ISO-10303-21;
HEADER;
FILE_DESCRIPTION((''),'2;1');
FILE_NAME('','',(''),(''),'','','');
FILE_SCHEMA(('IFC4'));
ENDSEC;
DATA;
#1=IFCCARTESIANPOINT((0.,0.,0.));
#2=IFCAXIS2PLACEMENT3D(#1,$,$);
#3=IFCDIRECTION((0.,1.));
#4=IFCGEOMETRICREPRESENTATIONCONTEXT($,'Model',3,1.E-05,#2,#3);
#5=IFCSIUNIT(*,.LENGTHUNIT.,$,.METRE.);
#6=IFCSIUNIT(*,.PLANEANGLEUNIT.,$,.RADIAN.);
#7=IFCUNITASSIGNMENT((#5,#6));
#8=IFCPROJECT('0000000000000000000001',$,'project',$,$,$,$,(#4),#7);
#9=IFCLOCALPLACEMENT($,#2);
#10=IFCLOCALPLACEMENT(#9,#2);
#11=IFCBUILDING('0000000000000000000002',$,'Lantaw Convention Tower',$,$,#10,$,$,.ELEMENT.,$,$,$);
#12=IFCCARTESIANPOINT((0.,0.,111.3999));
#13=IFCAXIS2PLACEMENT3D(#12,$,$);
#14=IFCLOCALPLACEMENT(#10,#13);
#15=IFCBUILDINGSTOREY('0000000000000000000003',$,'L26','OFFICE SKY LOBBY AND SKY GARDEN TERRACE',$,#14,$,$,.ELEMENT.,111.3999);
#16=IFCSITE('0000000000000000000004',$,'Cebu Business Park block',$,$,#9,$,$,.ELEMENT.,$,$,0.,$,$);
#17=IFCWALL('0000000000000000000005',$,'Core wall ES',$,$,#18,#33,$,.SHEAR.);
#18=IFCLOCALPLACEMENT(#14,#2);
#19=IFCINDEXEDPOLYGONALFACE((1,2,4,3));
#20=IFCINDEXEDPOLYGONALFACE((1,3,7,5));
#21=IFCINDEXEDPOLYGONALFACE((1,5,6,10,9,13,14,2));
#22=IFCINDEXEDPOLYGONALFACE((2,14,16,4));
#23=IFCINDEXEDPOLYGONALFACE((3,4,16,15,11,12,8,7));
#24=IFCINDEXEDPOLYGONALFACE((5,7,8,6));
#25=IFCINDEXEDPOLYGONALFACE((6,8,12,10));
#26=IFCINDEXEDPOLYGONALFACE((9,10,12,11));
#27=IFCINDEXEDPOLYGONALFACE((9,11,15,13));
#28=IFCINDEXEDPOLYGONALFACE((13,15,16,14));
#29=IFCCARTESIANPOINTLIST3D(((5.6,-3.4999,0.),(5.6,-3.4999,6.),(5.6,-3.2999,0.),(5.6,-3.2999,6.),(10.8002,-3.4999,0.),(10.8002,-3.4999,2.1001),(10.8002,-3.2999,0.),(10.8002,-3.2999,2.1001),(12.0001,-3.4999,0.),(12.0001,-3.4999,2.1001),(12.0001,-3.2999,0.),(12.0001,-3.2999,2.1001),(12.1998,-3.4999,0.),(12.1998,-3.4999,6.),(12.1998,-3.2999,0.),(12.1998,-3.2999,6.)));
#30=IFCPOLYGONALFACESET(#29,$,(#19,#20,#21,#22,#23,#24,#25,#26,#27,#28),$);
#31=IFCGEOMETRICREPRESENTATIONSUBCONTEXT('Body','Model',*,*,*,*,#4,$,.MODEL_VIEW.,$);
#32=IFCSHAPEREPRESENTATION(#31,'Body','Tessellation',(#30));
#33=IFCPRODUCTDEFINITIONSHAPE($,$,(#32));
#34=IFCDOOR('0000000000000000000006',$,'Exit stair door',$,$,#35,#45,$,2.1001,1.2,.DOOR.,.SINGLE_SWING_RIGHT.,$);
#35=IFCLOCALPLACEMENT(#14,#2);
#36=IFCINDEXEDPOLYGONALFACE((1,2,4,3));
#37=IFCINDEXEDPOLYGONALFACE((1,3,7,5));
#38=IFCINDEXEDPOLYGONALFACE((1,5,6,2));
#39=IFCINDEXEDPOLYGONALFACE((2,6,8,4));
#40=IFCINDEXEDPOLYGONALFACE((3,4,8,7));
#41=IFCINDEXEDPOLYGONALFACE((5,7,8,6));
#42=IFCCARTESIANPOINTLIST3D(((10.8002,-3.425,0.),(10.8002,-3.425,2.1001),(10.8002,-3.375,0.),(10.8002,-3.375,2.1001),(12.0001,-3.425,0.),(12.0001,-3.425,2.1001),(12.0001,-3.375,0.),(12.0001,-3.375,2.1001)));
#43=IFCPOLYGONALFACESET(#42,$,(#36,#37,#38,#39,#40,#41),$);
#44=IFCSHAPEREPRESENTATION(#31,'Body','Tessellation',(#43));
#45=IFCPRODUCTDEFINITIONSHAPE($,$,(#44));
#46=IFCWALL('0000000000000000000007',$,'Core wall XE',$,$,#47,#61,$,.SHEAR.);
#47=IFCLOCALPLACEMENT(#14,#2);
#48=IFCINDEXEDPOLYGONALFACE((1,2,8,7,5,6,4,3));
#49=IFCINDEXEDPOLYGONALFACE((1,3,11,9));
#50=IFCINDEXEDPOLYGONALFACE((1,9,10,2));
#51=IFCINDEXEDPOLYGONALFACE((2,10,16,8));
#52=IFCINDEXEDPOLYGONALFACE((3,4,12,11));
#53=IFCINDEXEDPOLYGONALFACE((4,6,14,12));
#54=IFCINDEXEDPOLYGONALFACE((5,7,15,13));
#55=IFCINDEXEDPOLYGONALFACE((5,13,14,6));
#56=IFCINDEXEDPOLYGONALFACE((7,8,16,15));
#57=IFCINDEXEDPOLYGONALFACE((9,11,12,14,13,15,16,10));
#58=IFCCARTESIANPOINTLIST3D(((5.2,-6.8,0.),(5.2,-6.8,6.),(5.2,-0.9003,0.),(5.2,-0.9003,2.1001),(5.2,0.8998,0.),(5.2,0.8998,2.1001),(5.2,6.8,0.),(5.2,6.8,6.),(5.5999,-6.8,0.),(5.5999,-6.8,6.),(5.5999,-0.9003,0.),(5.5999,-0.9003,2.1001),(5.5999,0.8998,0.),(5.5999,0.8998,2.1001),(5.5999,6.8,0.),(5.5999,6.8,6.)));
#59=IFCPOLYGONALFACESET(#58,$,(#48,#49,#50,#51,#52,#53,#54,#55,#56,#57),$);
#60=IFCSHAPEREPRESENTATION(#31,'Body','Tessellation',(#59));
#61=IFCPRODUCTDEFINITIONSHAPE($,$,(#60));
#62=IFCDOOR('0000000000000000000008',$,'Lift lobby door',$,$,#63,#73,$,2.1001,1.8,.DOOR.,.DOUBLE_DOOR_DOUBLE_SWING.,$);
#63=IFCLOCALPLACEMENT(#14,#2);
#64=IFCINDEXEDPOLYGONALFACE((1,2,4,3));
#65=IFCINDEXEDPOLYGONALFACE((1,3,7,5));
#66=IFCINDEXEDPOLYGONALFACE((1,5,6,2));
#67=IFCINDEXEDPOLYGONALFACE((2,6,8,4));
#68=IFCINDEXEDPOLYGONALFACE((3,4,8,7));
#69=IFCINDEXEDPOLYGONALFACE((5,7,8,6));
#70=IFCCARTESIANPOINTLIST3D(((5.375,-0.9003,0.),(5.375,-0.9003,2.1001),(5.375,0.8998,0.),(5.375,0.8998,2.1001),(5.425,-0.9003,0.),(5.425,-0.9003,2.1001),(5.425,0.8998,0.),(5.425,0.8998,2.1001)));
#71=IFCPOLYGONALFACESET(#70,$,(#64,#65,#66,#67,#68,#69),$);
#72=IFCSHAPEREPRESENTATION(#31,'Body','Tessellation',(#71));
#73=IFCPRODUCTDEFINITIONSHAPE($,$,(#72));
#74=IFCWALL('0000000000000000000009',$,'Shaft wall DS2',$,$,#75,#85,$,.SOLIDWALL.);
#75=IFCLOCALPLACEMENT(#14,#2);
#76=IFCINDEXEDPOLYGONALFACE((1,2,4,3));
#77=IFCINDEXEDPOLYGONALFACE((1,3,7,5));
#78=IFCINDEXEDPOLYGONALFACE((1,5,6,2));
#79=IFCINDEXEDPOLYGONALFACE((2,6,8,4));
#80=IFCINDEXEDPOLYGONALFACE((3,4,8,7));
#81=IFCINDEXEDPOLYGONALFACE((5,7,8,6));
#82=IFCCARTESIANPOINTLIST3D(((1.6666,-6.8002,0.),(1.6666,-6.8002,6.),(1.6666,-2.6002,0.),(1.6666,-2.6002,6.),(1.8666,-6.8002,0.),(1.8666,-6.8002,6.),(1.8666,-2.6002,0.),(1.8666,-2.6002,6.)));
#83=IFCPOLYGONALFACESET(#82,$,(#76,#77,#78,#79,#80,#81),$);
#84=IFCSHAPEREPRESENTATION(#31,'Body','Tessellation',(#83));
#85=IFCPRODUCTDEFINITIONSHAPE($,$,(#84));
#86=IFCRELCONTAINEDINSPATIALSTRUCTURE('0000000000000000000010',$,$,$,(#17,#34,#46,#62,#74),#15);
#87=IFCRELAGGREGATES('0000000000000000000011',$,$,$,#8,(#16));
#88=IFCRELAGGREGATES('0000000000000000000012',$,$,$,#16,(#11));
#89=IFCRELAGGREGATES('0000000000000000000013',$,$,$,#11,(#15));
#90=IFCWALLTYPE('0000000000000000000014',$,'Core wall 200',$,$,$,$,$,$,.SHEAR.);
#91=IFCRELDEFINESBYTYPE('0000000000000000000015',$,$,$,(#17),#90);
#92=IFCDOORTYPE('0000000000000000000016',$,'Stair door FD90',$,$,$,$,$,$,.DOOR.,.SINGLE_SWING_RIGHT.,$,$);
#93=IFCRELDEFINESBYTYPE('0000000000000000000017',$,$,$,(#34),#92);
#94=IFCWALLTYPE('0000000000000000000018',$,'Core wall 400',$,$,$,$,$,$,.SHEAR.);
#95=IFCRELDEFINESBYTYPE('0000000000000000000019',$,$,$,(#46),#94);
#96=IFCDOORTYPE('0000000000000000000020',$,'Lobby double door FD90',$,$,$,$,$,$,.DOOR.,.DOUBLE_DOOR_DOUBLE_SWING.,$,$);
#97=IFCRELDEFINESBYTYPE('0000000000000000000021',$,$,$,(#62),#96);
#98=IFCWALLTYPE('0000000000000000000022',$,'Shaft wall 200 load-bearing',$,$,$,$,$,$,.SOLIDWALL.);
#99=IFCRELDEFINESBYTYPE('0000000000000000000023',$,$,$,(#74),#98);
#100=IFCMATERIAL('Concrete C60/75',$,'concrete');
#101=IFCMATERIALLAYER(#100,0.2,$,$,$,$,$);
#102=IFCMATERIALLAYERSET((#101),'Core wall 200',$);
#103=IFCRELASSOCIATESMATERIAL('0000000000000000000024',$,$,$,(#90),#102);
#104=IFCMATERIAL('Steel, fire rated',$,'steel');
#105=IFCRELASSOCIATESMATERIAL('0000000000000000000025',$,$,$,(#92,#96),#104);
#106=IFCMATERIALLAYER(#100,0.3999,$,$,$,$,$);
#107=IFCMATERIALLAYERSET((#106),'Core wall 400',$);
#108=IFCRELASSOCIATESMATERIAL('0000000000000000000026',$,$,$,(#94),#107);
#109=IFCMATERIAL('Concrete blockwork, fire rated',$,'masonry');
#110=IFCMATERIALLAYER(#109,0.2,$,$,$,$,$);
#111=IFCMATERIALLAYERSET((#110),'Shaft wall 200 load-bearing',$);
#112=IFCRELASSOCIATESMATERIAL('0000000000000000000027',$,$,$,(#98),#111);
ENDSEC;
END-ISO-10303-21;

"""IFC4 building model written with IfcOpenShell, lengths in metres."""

from ifc_helpers import new_model, si_unit, direction, frame, frame_2d, origin, place, context, subcontext, project, spatial, rectangle, extrude, material, layer, layer_set, type_object, element, fill, save


model = new_model("IFC4")

# Units and contexts
model_context = context("Model", 3, precision=1e-05, world=origin(), true_north=direction((0.0, 1.0)))
body_context = subcontext(model_context, "Body", "Model", "MODEL_VIEW")
ifc_project = project(units=[si_unit("LENGTHUNIT", "METRE"), si_unit("PLANEANGLEUNIT", "RADIAN")], contexts=[model_context])

# Site, building, storey
site_placement = place(None, origin())
site = spatial("IfcSite", under=ifc_project, at=site_placement, Name="Cebu Business Park block", CompositionType="ELEMENT", RefElevation=0.0)
building_placement = place(site_placement, origin())
building = spatial("IfcBuilding", under=site, at=building_placement, Name="Lantaw Convention Tower", CompositionType="ELEMENT")
storey_placement = place(building_placement, frame((0.0, 0.0, 111.3999)))
storey = spatial("IfcBuildingStorey", under=building, at=storey_placement, Name="L26", Description="OFFICE SKY LOBBY AND SKY GARDEN TERRACE", CompositionType="ELEMENT", Elevation=111.3999)

# Walls, openings, doors
ifc_material_1 = material(Name="Concrete C60/75", Category="concrete")
ifc_layer_1 = layer(ifc_material_1, 0.2)
ifc_layer_set_1 = layer_set([ifc_layer_1], Name="Core wall 200")
wall_type_1 = type_object("IfcWallType", Name="Core wall 200", PredefinedType="SHEAR", material=ifc_layer_set_1)
wall_1_placement = place(storey_placement, frame((5.6001, -3.3999, 0.0), z_axis=(0.0, 0.0, 1.0), x_axis=(1.0, 0.0, 0.0)))
wall_1 = element("IfcWall", 1, at=wall_1_placement, inside=storey, type_object=wall_type_1, Name="Core wall ES", PredefinedType="SHEAR", context=body_context, shape_type="SweptSolid", body=[
    extrude(rectangle(XDim=6.5999, YDim=0.2, at=frame_2d((3.2998, 0.0))), origin(), (0.0, 0.0, 1.0), 6.0),
])
opening_1_placement = place(wall_1_placement, frame((5.2, 0.0, 0.0)))
opening_1 = element("IfcOpeningElement", 2, at=opening_1_placement, cuts=wall_1, PredefinedType="OPENING", context=body_context, shape_type="SweptSolid", body=[
    extrude(rectangle(XDim=1.2, YDim=2.1001, at=frame_2d((0.6001, 1.05))), frame((0.0, 0.1099, 0.0), z_axis=(0.0, -1.0, 0.0), x_axis=(1.0, 0.0, 0.0)), (0.0, 0.0, 1.0), 0.22),
])
ifc_material_2 = material(Name="Steel, fire rated", Category="steel")
door_type_1 = type_object("IfcDoorType", Name="Stair door FD90", OperationType="SINGLE_SWING_RIGHT", PredefinedType="DOOR", material=ifc_material_2)
door_1_placement = place(opening_1_placement, origin())
door_1 = element("IfcDoor", 3, at=door_1_placement, inside=storey, type_object=door_type_1, Name="Exit stair door", OperationType="SINGLE_SWING_RIGHT", OverallHeight=2.1001, OverallWidth=1.2, PredefinedType="DOOR", context=body_context, shape_type="SweptSolid", body=[
    extrude(rectangle(XDim=1.2, YDim=2.1001, at=frame_2d((0.6001, 1.05))), frame((0.0, 0.0249, 0.0), z_axis=(0.0, -1.0, 0.0), x_axis=(1.0, 0.0, 0.0)), (0.0, 0.0, 1.0), 0.05),
])
fill(opening_1, door_1)
ifc_layer_2 = layer(ifc_material_1, 0.3999)
ifc_layer_set_2 = layer_set([ifc_layer_2], Name="Core wall 400")
wall_type_2 = type_object("IfcWallType", Name="Core wall 400", PredefinedType="SHEAR", material=ifc_layer_set_2)
wall_2_placement = place(storey_placement, frame((5.3999, -6.8, 0.0), z_axis=(0.0, 0.0, 1.0), x_axis=(0.0, 1.0, 0.0)))
wall_2 = element("IfcWall", 4, at=wall_2_placement, inside=storey, type_object=wall_type_2, Name="Core wall XE", PredefinedType="SHEAR", context=body_context, shape_type="SweptSolid", body=[
    extrude(rectangle(XDim=13.6001, YDim=0.3999, at=frame_2d((6.8, 0.0))), origin(), (0.0, 0.0, 1.0), 6.0),
])
opening_2_placement = place(wall_2_placement, frame((5.8999, 0.0, 0.0)))
opening_2 = element("IfcOpeningElement", 5, at=opening_2_placement, cuts=wall_2, PredefinedType="OPENING", context=body_context, shape_type="SweptSolid", body=[
    extrude(rectangle(XDim=1.8, YDim=2.1001, at=frame_2d((0.8999, 1.05))), frame((0.0, 0.21, 0.0), z_axis=(0.0, -1.0, 0.0), x_axis=(1.0, 0.0, 0.0)), (0.0, 0.0, 1.0), 0.4199),
])
door_type_2 = type_object("IfcDoorType", Name="Lobby double door FD90", OperationType="DOUBLE_DOOR_DOUBLE_SWING", PredefinedType="DOOR", material=ifc_material_2)
door_2_placement = place(opening_2_placement, origin())
door_2 = element("IfcDoor", 6, at=door_2_placement, inside=storey, type_object=door_type_2, Name="Lift lobby door", OperationType="DOUBLE_DOOR_DOUBLE_SWING", OverallHeight=2.1001, OverallWidth=1.8, PredefinedType="DOOR", context=body_context, shape_type="SweptSolid", body=[
    extrude(rectangle(XDim=1.8, YDim=2.1001, at=frame_2d((0.8999, 1.05))), frame((0.0, 0.0249, 0.0), z_axis=(0.0, -1.0, 0.0), x_axis=(1.0, 0.0, 0.0)), (0.0, 0.0, 1.0), 0.05),
])
fill(opening_2, door_2)

# Wall
ifc_material_3 = material(Name="Concrete blockwork, fire rated", Category="masonry")
ifc_layer_3 = layer(ifc_material_3, 0.2)
ifc_layer_set_3 = layer_set([ifc_layer_3], Name="Shaft wall 200 load-bearing")
wall_type_3 = type_object("IfcWallType", Name="Shaft wall 200 load-bearing", PredefinedType="SOLIDWALL", material=ifc_layer_set_3)
wall_3_placement = place(storey_placement, frame((1.7666, -2.6001, 0.0), z_axis=(0.0, 0.0, 1.0), x_axis=(0.0, -1.0, 0.0)))
element("IfcWall", 7, at=wall_3_placement, inside=storey, type_object=wall_type_3, Name="Shaft wall DS2", PredefinedType="SOLIDWALL", context=body_context, shape_type="SweptSolid", body=[
    extrude(rectangle(XDim=4.2, YDim=0.2, at=frame_2d((2.1001, 0.0))), origin(), (0.0, 0.0, 1.0), 6.0),
])

save(model, "model.ifc")
